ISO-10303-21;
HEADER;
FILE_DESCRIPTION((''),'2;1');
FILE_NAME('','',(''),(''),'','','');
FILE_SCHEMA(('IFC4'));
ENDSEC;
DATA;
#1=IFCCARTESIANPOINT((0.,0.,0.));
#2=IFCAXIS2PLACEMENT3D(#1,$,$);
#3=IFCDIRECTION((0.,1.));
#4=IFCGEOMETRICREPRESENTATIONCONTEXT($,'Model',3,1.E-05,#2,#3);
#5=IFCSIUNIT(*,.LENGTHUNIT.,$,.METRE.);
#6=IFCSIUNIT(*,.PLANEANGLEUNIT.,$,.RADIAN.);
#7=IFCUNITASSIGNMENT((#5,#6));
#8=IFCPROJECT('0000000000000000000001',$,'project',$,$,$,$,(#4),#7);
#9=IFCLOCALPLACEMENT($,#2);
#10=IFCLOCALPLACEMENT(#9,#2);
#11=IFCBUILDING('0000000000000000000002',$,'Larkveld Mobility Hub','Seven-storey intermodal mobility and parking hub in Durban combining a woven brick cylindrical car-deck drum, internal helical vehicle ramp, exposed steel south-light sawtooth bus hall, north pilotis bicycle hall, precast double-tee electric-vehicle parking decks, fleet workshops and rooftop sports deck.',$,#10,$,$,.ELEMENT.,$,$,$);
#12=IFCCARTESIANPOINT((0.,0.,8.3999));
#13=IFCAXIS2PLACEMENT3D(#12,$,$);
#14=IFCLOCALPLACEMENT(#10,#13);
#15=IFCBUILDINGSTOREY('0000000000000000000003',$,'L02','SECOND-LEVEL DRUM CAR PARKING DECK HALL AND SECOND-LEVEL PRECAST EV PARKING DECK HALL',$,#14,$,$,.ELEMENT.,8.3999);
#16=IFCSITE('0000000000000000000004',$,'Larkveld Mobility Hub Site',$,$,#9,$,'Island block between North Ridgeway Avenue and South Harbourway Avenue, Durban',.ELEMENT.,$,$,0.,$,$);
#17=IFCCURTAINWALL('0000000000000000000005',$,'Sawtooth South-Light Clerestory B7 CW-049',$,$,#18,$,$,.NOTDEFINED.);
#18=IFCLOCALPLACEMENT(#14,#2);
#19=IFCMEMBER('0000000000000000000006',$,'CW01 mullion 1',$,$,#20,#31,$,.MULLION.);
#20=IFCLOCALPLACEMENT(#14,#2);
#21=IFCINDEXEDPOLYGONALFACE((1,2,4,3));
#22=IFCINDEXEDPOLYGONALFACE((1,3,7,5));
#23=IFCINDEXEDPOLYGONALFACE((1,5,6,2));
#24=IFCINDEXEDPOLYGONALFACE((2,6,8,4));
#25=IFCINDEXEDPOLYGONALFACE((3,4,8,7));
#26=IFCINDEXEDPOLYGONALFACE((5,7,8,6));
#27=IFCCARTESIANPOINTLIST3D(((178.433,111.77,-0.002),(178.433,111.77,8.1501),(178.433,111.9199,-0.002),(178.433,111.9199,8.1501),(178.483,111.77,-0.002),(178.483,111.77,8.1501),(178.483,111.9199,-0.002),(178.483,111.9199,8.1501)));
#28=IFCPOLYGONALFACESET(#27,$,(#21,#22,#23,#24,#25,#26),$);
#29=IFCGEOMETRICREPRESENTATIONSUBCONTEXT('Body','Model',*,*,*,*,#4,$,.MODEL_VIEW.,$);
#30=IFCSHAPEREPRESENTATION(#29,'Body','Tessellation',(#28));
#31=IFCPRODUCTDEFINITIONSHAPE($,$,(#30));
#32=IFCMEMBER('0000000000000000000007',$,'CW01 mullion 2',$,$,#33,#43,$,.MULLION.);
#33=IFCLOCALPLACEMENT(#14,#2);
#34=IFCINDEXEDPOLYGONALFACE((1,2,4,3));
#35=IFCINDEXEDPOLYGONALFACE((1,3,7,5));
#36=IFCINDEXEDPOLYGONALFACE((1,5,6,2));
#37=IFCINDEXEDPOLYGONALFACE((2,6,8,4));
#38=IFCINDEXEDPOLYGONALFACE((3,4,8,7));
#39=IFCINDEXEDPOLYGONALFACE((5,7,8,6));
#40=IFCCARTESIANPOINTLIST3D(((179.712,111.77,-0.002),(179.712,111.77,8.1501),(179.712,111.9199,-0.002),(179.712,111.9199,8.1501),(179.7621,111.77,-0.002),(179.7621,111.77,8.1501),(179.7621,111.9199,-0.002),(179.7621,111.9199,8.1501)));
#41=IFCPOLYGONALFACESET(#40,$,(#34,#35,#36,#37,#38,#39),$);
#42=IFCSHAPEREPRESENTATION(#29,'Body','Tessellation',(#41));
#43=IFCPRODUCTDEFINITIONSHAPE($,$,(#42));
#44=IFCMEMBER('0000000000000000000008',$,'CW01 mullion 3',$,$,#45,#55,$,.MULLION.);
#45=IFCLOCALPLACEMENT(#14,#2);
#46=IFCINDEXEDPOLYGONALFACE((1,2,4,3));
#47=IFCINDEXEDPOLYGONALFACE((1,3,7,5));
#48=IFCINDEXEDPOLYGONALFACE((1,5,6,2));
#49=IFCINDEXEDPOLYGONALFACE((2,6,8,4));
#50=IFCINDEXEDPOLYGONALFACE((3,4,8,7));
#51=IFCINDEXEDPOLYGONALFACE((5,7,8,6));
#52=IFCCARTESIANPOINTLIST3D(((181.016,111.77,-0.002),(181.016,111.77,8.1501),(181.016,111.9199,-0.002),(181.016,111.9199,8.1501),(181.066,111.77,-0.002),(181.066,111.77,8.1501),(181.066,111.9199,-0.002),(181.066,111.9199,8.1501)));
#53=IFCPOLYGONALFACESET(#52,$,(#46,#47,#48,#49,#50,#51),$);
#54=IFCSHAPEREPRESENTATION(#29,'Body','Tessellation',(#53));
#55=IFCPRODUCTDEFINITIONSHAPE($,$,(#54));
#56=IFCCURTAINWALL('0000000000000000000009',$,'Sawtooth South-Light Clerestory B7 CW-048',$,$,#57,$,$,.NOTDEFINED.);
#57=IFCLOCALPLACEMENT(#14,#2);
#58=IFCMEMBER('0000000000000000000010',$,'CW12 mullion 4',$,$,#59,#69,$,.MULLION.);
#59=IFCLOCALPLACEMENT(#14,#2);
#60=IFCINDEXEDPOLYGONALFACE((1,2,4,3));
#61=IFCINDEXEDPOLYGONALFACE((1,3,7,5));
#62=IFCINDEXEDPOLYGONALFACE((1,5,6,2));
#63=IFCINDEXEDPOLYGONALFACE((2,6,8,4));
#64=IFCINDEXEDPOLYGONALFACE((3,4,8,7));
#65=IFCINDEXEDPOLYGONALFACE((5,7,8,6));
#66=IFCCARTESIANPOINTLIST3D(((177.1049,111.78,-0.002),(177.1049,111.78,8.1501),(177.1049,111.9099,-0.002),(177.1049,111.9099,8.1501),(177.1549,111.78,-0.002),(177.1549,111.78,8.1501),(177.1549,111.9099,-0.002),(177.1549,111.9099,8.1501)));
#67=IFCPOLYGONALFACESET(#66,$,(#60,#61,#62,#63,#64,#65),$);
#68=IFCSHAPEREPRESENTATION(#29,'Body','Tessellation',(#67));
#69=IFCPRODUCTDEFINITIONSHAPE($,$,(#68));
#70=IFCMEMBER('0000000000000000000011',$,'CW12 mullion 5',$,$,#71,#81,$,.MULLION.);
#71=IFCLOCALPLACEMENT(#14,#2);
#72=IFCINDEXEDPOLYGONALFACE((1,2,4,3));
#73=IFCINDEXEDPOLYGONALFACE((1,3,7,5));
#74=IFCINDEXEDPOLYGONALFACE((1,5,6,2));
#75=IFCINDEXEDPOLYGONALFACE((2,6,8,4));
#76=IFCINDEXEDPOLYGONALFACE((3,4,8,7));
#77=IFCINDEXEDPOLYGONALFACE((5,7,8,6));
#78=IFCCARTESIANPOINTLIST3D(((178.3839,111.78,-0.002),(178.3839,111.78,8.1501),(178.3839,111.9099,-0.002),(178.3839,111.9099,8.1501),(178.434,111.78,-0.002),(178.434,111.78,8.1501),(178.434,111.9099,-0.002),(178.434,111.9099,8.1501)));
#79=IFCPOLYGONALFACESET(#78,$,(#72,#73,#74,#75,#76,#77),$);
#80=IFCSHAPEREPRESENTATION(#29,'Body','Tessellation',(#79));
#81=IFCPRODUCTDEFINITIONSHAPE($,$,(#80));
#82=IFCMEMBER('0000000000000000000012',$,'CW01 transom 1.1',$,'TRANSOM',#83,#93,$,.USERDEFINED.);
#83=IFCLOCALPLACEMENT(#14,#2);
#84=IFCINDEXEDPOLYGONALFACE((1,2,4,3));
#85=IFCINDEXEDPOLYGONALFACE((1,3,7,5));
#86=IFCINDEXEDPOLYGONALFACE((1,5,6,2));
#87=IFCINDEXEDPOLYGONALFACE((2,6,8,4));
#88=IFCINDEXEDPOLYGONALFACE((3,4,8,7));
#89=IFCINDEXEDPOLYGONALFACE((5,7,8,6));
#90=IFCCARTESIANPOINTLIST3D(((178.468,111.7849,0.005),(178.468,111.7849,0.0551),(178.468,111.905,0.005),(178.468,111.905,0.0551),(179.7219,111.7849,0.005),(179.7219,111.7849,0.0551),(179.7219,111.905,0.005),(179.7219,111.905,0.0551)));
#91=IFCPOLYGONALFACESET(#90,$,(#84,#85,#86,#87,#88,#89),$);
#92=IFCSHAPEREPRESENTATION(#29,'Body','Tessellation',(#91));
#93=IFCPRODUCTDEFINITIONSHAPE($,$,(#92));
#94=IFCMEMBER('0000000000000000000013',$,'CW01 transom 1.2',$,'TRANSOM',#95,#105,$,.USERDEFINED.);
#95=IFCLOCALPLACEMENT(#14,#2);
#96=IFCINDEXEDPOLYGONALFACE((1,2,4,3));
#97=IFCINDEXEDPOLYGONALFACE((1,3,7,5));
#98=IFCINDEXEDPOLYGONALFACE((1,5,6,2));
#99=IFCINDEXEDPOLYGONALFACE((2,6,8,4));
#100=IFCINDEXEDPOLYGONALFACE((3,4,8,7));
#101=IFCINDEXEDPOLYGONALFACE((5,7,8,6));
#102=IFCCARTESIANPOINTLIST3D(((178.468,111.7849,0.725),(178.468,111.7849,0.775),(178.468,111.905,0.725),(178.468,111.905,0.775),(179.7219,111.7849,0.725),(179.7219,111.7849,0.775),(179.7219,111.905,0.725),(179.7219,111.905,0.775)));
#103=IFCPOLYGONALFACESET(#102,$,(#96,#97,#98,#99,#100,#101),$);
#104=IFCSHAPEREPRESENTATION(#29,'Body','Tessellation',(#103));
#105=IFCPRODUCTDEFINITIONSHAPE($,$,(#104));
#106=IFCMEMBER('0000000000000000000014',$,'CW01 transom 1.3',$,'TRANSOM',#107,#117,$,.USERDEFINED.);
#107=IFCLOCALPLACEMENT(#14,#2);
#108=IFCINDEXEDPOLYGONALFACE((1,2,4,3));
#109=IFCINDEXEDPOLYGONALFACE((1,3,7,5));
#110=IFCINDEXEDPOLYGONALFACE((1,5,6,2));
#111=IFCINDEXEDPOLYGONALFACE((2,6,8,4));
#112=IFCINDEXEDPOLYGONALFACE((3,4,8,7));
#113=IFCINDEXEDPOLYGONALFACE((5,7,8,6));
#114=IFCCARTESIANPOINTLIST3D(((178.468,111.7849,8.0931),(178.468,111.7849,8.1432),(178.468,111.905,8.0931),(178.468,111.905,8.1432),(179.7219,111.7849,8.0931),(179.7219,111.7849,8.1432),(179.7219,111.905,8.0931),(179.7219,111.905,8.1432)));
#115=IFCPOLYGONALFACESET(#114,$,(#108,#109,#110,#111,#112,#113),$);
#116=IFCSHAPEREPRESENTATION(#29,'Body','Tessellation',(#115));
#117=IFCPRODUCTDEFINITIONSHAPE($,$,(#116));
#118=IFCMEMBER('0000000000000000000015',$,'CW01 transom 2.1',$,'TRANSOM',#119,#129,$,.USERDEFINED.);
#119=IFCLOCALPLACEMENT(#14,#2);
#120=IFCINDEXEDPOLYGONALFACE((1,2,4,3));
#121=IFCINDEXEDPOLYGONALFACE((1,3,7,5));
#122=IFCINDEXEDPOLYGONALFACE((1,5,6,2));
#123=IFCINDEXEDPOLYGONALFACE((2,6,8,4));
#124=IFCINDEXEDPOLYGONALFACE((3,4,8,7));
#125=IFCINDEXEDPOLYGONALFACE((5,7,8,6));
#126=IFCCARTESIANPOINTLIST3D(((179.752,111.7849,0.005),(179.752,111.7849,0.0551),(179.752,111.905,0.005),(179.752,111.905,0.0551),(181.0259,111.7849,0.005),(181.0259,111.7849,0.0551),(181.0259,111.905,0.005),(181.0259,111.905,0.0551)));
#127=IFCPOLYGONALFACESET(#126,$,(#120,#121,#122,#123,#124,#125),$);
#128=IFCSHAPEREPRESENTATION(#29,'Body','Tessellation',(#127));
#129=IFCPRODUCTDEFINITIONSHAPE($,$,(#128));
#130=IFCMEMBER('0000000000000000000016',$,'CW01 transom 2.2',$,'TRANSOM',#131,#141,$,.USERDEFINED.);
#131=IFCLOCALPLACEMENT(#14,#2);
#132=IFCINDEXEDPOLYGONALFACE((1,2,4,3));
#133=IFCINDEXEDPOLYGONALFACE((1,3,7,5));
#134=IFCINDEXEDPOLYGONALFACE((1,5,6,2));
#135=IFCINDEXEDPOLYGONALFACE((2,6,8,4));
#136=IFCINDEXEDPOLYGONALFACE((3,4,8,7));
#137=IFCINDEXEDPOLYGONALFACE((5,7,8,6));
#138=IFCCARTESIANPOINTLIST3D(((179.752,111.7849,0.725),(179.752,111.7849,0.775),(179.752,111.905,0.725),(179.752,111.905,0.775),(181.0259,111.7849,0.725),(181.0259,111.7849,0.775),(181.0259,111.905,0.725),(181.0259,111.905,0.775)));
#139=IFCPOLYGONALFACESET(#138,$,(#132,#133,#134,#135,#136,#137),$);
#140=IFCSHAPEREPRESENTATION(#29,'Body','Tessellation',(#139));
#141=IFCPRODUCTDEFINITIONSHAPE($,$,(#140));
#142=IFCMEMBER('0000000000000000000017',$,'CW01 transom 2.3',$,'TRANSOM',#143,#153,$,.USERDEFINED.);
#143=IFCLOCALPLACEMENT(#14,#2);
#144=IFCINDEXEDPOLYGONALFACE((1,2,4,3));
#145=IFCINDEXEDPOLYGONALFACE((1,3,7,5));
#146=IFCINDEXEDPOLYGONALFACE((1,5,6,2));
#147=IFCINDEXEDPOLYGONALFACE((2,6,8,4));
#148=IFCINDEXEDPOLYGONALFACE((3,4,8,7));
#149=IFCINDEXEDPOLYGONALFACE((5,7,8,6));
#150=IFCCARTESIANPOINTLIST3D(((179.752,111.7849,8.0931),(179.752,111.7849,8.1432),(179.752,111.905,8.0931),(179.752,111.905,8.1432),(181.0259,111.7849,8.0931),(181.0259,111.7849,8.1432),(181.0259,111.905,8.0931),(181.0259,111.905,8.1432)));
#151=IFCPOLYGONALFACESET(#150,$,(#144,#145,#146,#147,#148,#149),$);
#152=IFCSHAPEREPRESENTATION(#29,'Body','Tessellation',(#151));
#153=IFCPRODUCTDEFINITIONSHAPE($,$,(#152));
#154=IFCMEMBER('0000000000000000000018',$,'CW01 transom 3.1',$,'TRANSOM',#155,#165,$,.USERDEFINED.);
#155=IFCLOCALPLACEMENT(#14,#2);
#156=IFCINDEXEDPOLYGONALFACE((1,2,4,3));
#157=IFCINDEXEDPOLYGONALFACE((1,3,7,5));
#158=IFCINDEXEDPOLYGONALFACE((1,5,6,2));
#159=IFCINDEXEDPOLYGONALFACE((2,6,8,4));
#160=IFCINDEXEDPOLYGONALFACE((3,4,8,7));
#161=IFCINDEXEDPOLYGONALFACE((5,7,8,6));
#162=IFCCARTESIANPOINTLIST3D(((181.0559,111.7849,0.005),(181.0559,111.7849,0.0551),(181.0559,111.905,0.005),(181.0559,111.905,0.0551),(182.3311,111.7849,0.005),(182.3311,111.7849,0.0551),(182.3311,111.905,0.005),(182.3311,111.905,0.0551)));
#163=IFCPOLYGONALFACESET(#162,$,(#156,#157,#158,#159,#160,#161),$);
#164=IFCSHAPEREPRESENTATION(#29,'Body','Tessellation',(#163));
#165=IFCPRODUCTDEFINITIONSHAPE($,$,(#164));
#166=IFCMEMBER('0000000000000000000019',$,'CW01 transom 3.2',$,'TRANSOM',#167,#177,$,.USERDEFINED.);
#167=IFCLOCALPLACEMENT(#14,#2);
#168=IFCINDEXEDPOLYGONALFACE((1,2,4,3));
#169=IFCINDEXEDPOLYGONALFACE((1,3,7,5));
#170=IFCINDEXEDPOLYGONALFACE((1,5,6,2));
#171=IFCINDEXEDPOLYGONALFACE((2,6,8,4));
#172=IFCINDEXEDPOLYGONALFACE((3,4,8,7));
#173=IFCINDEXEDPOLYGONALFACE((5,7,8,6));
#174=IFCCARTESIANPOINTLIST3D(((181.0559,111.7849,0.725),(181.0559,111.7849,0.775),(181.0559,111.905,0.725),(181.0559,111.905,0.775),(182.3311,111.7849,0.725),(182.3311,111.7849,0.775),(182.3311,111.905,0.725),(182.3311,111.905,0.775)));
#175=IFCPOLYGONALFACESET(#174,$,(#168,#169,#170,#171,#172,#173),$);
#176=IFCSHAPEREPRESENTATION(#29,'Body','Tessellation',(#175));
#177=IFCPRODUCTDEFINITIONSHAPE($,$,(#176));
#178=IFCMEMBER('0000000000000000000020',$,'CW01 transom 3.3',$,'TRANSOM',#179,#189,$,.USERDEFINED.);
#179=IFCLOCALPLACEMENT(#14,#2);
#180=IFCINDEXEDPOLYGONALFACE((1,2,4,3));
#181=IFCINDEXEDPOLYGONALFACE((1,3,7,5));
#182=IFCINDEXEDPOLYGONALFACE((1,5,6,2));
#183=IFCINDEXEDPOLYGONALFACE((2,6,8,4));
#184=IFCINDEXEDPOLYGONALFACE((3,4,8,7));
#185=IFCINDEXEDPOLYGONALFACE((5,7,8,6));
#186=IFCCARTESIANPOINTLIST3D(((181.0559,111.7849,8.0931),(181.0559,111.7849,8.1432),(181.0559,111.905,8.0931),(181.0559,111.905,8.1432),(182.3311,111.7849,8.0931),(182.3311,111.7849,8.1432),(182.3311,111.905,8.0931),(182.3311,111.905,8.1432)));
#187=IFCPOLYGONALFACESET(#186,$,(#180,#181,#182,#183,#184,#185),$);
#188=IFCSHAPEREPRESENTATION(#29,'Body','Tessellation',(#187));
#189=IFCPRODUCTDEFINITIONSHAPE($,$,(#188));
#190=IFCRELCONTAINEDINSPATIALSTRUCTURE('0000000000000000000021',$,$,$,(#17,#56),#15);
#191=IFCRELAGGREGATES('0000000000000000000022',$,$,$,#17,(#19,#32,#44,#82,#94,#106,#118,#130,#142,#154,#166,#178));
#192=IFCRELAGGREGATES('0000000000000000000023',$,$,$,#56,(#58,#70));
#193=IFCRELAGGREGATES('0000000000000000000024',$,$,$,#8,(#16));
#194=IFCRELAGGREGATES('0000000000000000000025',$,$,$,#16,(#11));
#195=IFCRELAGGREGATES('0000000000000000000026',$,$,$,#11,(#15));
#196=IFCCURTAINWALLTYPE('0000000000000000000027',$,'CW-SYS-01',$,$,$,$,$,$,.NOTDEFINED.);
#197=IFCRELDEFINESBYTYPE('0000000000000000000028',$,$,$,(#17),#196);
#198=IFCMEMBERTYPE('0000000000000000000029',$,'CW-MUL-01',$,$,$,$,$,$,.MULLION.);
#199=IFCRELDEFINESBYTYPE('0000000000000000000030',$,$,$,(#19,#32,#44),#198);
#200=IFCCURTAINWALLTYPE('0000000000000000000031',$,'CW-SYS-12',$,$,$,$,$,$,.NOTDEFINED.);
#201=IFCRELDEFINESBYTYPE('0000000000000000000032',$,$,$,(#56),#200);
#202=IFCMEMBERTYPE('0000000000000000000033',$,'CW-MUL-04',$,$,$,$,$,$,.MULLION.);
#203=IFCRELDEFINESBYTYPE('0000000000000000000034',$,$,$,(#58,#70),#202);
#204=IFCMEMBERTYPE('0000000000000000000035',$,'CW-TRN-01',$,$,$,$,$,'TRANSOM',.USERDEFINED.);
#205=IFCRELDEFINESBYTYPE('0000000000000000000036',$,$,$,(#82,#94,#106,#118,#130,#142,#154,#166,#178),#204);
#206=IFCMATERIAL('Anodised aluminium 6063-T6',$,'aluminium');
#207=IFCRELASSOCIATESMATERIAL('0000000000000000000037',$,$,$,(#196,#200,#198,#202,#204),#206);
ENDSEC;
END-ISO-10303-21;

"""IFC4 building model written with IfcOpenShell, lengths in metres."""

from ifc_helpers import new_model, si_unit, direction, frame, origin, origin_2d, place, context, subcontext, project, spatial, rectangle, extrude, material, material_profile, profile_set, type_object, element, aggregate, save


model = new_model("IFC4")

# Units and contexts
model_context = context("Model", 3, precision=1e-05, world=origin(), true_north=direction((0.0, 1.0)))
body_context = subcontext(model_context, "Body", "Model", "MODEL_VIEW")
ifc_project = project(units=[si_unit("LENGTHUNIT", "METRE"), si_unit("PLANEANGLEUNIT", "RADIAN")], contexts=[model_context])

# Site, building, storey
site_placement = place(None, origin())
site = spatial("IfcSite", under=ifc_project, at=site_placement, Name="Larkveld Mobility Hub Site", LongName="Island block between North Ridgeway Avenue and South Harbourway Avenue, Durban", CompositionType="ELEMENT", RefElevation=0.0)
building_placement = place(site_placement, origin())
building = spatial("IfcBuilding", under=site, at=building_placement, Name="Larkveld Mobility Hub", Description="Seven-storey intermodal mobility and parking hub in Durban combining a woven brick cylindrical car-deck drum, internal helical vehicle ramp, exposed steel south-light sawtooth bus hall, north pilotis bicycle hall, precast double-tee electric-vehicle parking decks, fleet workshops and rooftop sports deck.", CompositionType="ELEMENT")
storey_placement = place(building_placement, frame((0.0, 0.0, 8.3999)))
storey = spatial("IfcBuildingStorey", under=building, at=storey_placement, Name="L02", Description="SECOND-LEVEL DRUM CAR PARKING DECK HALL AND SECOND-LEVEL PRECAST EV PARKING DECK HALL", CompositionType="ELEMENT", Elevation=8.3999)

# Curtain walls, members
ifc_material_1 = material(Name="Anodised aluminium 6063-T6", Category="aluminium")
curtain_wall_type_1 = type_object("IfcCurtainWallType", Name="CW-SYS-01", PredefinedType="NOTDEFINED", material=ifc_material_1)
curtain_wall_1_placement = place(storey_placement, origin())
curtain_wall_1 = element("IfcCurtainWall", 1, at=curtain_wall_1_placement, inside=storey, type_object=curtain_wall_type_1, Name="Sawtooth South-Light Clerestory B7 CW-049", PredefinedType="NOTDEFINED")
ifc_material_profile_1 = material_profile(ifc_material_1, rectangle(XDim=0.05, YDim=0.1499, at=origin_2d()), Name="ALU MULL 50x150")
ifc_profile_set_1 = profile_set([ifc_material_profile_1], Name="Anodised aluminium 6063-T6")
member_type_1 = type_object("IfcMemberType", Name="CW-MUL-01", PredefinedType="MULLION", material=ifc_profile_set_1)
member_1_placement = place(storey_placement, frame((178.458, 111.845, -0.002), z_axis=(0.0, 0.0, 1.0), x_axis=(1.0, 0.0, 0.0)))
member_1 = element("IfcMember", 2, at=member_1_placement, type_object=member_type_1, Name="CW01 mullion 1", PredefinedType="MULLION", context=body_context, shape_type="SweptSolid", body=[
    extrude(rectangle(XDim=0.05, YDim=0.1499, at=origin_2d()), origin(), (0.0, 0.0, 1.0), 8.1521),
])
member_2_placement = place(storey_placement, frame((179.7371, 111.845, -0.002), z_axis=(0.0, 0.0, 1.0), x_axis=(1.0, 0.0, 0.0)))
member_2 = element("IfcMember", 3, at=member_2_placement, type_object=member_type_1, Name="CW01 mullion 2", PredefinedType="MULLION", context=body_context, shape_type="SweptSolid", body=[
    extrude(rectangle(XDim=0.05, YDim=0.1499, at=origin_2d()), origin(), (0.0, 0.0, 1.0), 8.1521),
])
member_3_placement = place(storey_placement, frame((181.041, 111.845, -0.002), z_axis=(0.0, 0.0, 1.0), x_axis=(1.0, 0.0, 0.0)))
member_3 = element("IfcMember", 4, at=member_3_placement, type_object=member_type_1, Name="CW01 mullion 3", PredefinedType="MULLION", context=body_context, shape_type="SweptSolid", body=[
    extrude(rectangle(XDim=0.05, YDim=0.1499, at=origin_2d()), origin(), (0.0, 0.0, 1.0), 8.1521),
])
curtain_wall_type_2 = type_object("IfcCurtainWallType", Name="CW-SYS-12", PredefinedType="NOTDEFINED", material=ifc_material_1)
curtain_wall_2_placement = place(storey_placement, origin())
curtain_wall_2 = element("IfcCurtainWall", 5, at=curtain_wall_2_placement, inside=storey, type_object=curtain_wall_type_2, Name="Sawtooth South-Light Clerestory B7 CW-048", PredefinedType="NOTDEFINED")
ifc_material_profile_2 = material_profile(ifc_material_1, rectangle(XDim=0.05, YDim=0.1299, at=origin_2d()), Name="ALU MULL 50x130")
ifc_profile_set_2 = profile_set([ifc_material_profile_2], Name="Anodised aluminium 6063-T6")
member_type_2 = type_object("IfcMemberType", Name="CW-MUL-04", PredefinedType="MULLION", material=ifc_profile_set_2)
member_4_placement = place(storey_placement, frame((177.1299, 111.845, -0.002), z_axis=(0.0, 0.0, 1.0), x_axis=(1.0, 0.0, 0.0)))
member_4 = element("IfcMember", 6, at=member_4_placement, type_object=member_type_2, Name="CW12 mullion 4", PredefinedType="MULLION", context=body_context, shape_type="SweptSolid", body=[
    extrude(rectangle(XDim=0.05, YDim=0.1299, at=origin_2d()), origin(), (0.0, 0.0, 1.0), 8.1521),
])
member_5_placement = place(storey_placement, frame((178.4089, 111.845, -0.002), z_axis=(0.0, 0.0, 1.0), x_axis=(1.0, 0.0, 0.0)))
member_5 = element("IfcMember", 7, at=member_5_placement, type_object=member_type_2, Name="CW12 mullion 5", PredefinedType="MULLION", context=body_context, shape_type="SweptSolid", body=[
    extrude(rectangle(XDim=0.05, YDim=0.1299, at=origin_2d()), origin(), (0.0, 0.0, 1.0), 8.1521),
])

# Members
ifc_material_profile_3 = material_profile(ifc_material_1, rectangle(XDim=0.1201, YDim=0.05, at=origin_2d()), Name="ALU TRAN 50x120")
ifc_profile_set_3 = profile_set([ifc_material_profile_3], Name="Anodised aluminium 6063-T6")
member_type_3 = type_object("IfcMemberType", Name="CW-TRN-01", ElementType="TRANSOM", PredefinedType="USERDEFINED", material=ifc_profile_set_3)
member_6_placement = place(storey_placement, frame((178.468, 111.845, 0.03), z_axis=(1.0, 0.0, 0.0), x_axis=(0.0, 1.0, 0.0)))
member_6 = element("IfcMember", 8, at=member_6_placement, type_object=member_type_3, Name="CW01 transom 1.1", ObjectType="TRANSOM", PredefinedType="USERDEFINED", context=body_context, shape_type="SweptSolid", body=[
    extrude(rectangle(XDim=0.1201, YDim=0.05, at=origin_2d()), origin(), (0.0, 0.0, 1.0), 1.2539),
])
member_7_placement = place(storey_placement, frame((178.468, 111.845, 0.75), z_axis=(1.0, 0.0, 0.0), x_axis=(0.0, 1.0, 0.0)))
member_7 = element("IfcMember", 9, at=member_7_placement, type_object=member_type_3, Name="CW01 transom 1.2", ObjectType="TRANSOM", PredefinedType="USERDEFINED", context=body_context, shape_type="SweptSolid", body=[
    extrude(rectangle(XDim=0.1201, YDim=0.05, at=origin_2d()), origin(), (0.0, 0.0, 1.0), 1.2539),
])
member_8_placement = place(storey_placement, frame((178.468, 111.845, 8.1182), z_axis=(1.0, 0.0, 0.0), x_axis=(0.0, 1.0, 0.0)))
member_8 = element("IfcMember", 10, at=member_8_placement, type_object=member_type_3, Name="CW01 transom 1.3", ObjectType="TRANSOM", PredefinedType="USERDEFINED", context=body_context, shape_type="SweptSolid", body=[
    extrude(rectangle(XDim=0.1201, YDim=0.05, at=origin_2d()), origin(), (0.0, 0.0, 1.0), 1.2539),
])
member_9_placement = place(storey_placement, frame((179.752, 111.845, 0.03), z_axis=(1.0, 0.0, 0.0), x_axis=(0.0, 1.0, 0.0)))
member_9 = element("IfcMember", 11, at=member_9_placement, type_object=member_type_3, Name="CW01 transom 2.1", ObjectType="TRANSOM", PredefinedType="USERDEFINED", context=body_context, shape_type="SweptSolid", body=[
    extrude(rectangle(XDim=0.1201, YDim=0.05, at=origin_2d()), origin(), (0.0, 0.0, 1.0), 1.2739),
])
member_10_placement = place(storey_placement, frame((179.752, 111.845, 0.75), z_axis=(1.0, 0.0, 0.0), x_axis=(0.0, 1.0, 0.0)))
member_10 = element("IfcMember", 12, at=member_10_placement, type_object=member_type_3, Name="CW01 transom 2.2", ObjectType="TRANSOM", PredefinedType="USERDEFINED", context=body_context, shape_type="SweptSolid", body=[
    extrude(rectangle(XDim=0.1201, YDim=0.05, at=origin_2d()), origin(), (0.0, 0.0, 1.0), 1.2739),
])
member_11_placement = place(storey_placement, frame((179.752, 111.845, 8.1182), z_axis=(1.0, 0.0, 0.0), x_axis=(0.0, 1.0, 0.0)))
member_11 = element("IfcMember", 13, at=member_11_placement, type_object=member_type_3, Name="CW01 transom 2.3", ObjectType="TRANSOM", PredefinedType="USERDEFINED", context=body_context, shape_type="SweptSolid", body=[
    extrude(rectangle(XDim=0.1201, YDim=0.05, at=origin_2d()), origin(), (0.0, 0.0, 1.0), 1.2739),
])
member_12_placement = place(storey_placement, frame((181.0559, 111.845, 0.03), z_axis=(1.0, 0.0, 0.0), x_axis=(0.0, 1.0, 0.0)))
member_12 = element("IfcMember", 14, at=member_12_placement, type_object=member_type_3, Name="CW01 transom 3.1", ObjectType="TRANSOM", PredefinedType="USERDEFINED", context=body_context, shape_type="SweptSolid", body=[
    extrude(rectangle(XDim=0.1201, YDim=0.05, at=origin_2d()), origin(), (0.0, 0.0, 1.0), 1.2751),
])
member_13_placement = place(storey_placement, frame((181.0559, 111.845, 0.75), z_axis=(1.0, 0.0, 0.0), x_axis=(0.0, 1.0, 0.0)))
member_13 = element("IfcMember", 15, at=member_13_placement, type_object=member_type_3, Name="CW01 transom 3.2", ObjectType="TRANSOM", PredefinedType="USERDEFINED", context=body_context, shape_type="SweptSolid", body=[
    extrude(rectangle(XDim=0.1201, YDim=0.05, at=origin_2d()), origin(), (0.0, 0.0, 1.0), 1.2751),
])
member_14_placement = place(storey_placement, frame((181.0559, 111.845, 8.1182), z_axis=(1.0, 0.0, 0.0), x_axis=(0.0, 1.0, 0.0)))
member_14 = element("IfcMember", 16, at=member_14_placement, type_object=member_type_3, Name="CW01 transom 3.3", ObjectType="TRANSOM", PredefinedType="USERDEFINED", context=body_context, shape_type="SweptSolid", body=[
    extrude(rectangle(XDim=0.1201, YDim=0.05, at=origin_2d()), origin(), (0.0, 0.0, 1.0), 1.2751),
])

aggregate(curtain_wall_1, [member_1, member_2, member_3, member_6, member_7, member_8, member_9, member_10, member_11, member_12, member_13, member_14])
aggregate(curtain_wall_2, [member_4, member_5])

save(model, "model.ifc")
